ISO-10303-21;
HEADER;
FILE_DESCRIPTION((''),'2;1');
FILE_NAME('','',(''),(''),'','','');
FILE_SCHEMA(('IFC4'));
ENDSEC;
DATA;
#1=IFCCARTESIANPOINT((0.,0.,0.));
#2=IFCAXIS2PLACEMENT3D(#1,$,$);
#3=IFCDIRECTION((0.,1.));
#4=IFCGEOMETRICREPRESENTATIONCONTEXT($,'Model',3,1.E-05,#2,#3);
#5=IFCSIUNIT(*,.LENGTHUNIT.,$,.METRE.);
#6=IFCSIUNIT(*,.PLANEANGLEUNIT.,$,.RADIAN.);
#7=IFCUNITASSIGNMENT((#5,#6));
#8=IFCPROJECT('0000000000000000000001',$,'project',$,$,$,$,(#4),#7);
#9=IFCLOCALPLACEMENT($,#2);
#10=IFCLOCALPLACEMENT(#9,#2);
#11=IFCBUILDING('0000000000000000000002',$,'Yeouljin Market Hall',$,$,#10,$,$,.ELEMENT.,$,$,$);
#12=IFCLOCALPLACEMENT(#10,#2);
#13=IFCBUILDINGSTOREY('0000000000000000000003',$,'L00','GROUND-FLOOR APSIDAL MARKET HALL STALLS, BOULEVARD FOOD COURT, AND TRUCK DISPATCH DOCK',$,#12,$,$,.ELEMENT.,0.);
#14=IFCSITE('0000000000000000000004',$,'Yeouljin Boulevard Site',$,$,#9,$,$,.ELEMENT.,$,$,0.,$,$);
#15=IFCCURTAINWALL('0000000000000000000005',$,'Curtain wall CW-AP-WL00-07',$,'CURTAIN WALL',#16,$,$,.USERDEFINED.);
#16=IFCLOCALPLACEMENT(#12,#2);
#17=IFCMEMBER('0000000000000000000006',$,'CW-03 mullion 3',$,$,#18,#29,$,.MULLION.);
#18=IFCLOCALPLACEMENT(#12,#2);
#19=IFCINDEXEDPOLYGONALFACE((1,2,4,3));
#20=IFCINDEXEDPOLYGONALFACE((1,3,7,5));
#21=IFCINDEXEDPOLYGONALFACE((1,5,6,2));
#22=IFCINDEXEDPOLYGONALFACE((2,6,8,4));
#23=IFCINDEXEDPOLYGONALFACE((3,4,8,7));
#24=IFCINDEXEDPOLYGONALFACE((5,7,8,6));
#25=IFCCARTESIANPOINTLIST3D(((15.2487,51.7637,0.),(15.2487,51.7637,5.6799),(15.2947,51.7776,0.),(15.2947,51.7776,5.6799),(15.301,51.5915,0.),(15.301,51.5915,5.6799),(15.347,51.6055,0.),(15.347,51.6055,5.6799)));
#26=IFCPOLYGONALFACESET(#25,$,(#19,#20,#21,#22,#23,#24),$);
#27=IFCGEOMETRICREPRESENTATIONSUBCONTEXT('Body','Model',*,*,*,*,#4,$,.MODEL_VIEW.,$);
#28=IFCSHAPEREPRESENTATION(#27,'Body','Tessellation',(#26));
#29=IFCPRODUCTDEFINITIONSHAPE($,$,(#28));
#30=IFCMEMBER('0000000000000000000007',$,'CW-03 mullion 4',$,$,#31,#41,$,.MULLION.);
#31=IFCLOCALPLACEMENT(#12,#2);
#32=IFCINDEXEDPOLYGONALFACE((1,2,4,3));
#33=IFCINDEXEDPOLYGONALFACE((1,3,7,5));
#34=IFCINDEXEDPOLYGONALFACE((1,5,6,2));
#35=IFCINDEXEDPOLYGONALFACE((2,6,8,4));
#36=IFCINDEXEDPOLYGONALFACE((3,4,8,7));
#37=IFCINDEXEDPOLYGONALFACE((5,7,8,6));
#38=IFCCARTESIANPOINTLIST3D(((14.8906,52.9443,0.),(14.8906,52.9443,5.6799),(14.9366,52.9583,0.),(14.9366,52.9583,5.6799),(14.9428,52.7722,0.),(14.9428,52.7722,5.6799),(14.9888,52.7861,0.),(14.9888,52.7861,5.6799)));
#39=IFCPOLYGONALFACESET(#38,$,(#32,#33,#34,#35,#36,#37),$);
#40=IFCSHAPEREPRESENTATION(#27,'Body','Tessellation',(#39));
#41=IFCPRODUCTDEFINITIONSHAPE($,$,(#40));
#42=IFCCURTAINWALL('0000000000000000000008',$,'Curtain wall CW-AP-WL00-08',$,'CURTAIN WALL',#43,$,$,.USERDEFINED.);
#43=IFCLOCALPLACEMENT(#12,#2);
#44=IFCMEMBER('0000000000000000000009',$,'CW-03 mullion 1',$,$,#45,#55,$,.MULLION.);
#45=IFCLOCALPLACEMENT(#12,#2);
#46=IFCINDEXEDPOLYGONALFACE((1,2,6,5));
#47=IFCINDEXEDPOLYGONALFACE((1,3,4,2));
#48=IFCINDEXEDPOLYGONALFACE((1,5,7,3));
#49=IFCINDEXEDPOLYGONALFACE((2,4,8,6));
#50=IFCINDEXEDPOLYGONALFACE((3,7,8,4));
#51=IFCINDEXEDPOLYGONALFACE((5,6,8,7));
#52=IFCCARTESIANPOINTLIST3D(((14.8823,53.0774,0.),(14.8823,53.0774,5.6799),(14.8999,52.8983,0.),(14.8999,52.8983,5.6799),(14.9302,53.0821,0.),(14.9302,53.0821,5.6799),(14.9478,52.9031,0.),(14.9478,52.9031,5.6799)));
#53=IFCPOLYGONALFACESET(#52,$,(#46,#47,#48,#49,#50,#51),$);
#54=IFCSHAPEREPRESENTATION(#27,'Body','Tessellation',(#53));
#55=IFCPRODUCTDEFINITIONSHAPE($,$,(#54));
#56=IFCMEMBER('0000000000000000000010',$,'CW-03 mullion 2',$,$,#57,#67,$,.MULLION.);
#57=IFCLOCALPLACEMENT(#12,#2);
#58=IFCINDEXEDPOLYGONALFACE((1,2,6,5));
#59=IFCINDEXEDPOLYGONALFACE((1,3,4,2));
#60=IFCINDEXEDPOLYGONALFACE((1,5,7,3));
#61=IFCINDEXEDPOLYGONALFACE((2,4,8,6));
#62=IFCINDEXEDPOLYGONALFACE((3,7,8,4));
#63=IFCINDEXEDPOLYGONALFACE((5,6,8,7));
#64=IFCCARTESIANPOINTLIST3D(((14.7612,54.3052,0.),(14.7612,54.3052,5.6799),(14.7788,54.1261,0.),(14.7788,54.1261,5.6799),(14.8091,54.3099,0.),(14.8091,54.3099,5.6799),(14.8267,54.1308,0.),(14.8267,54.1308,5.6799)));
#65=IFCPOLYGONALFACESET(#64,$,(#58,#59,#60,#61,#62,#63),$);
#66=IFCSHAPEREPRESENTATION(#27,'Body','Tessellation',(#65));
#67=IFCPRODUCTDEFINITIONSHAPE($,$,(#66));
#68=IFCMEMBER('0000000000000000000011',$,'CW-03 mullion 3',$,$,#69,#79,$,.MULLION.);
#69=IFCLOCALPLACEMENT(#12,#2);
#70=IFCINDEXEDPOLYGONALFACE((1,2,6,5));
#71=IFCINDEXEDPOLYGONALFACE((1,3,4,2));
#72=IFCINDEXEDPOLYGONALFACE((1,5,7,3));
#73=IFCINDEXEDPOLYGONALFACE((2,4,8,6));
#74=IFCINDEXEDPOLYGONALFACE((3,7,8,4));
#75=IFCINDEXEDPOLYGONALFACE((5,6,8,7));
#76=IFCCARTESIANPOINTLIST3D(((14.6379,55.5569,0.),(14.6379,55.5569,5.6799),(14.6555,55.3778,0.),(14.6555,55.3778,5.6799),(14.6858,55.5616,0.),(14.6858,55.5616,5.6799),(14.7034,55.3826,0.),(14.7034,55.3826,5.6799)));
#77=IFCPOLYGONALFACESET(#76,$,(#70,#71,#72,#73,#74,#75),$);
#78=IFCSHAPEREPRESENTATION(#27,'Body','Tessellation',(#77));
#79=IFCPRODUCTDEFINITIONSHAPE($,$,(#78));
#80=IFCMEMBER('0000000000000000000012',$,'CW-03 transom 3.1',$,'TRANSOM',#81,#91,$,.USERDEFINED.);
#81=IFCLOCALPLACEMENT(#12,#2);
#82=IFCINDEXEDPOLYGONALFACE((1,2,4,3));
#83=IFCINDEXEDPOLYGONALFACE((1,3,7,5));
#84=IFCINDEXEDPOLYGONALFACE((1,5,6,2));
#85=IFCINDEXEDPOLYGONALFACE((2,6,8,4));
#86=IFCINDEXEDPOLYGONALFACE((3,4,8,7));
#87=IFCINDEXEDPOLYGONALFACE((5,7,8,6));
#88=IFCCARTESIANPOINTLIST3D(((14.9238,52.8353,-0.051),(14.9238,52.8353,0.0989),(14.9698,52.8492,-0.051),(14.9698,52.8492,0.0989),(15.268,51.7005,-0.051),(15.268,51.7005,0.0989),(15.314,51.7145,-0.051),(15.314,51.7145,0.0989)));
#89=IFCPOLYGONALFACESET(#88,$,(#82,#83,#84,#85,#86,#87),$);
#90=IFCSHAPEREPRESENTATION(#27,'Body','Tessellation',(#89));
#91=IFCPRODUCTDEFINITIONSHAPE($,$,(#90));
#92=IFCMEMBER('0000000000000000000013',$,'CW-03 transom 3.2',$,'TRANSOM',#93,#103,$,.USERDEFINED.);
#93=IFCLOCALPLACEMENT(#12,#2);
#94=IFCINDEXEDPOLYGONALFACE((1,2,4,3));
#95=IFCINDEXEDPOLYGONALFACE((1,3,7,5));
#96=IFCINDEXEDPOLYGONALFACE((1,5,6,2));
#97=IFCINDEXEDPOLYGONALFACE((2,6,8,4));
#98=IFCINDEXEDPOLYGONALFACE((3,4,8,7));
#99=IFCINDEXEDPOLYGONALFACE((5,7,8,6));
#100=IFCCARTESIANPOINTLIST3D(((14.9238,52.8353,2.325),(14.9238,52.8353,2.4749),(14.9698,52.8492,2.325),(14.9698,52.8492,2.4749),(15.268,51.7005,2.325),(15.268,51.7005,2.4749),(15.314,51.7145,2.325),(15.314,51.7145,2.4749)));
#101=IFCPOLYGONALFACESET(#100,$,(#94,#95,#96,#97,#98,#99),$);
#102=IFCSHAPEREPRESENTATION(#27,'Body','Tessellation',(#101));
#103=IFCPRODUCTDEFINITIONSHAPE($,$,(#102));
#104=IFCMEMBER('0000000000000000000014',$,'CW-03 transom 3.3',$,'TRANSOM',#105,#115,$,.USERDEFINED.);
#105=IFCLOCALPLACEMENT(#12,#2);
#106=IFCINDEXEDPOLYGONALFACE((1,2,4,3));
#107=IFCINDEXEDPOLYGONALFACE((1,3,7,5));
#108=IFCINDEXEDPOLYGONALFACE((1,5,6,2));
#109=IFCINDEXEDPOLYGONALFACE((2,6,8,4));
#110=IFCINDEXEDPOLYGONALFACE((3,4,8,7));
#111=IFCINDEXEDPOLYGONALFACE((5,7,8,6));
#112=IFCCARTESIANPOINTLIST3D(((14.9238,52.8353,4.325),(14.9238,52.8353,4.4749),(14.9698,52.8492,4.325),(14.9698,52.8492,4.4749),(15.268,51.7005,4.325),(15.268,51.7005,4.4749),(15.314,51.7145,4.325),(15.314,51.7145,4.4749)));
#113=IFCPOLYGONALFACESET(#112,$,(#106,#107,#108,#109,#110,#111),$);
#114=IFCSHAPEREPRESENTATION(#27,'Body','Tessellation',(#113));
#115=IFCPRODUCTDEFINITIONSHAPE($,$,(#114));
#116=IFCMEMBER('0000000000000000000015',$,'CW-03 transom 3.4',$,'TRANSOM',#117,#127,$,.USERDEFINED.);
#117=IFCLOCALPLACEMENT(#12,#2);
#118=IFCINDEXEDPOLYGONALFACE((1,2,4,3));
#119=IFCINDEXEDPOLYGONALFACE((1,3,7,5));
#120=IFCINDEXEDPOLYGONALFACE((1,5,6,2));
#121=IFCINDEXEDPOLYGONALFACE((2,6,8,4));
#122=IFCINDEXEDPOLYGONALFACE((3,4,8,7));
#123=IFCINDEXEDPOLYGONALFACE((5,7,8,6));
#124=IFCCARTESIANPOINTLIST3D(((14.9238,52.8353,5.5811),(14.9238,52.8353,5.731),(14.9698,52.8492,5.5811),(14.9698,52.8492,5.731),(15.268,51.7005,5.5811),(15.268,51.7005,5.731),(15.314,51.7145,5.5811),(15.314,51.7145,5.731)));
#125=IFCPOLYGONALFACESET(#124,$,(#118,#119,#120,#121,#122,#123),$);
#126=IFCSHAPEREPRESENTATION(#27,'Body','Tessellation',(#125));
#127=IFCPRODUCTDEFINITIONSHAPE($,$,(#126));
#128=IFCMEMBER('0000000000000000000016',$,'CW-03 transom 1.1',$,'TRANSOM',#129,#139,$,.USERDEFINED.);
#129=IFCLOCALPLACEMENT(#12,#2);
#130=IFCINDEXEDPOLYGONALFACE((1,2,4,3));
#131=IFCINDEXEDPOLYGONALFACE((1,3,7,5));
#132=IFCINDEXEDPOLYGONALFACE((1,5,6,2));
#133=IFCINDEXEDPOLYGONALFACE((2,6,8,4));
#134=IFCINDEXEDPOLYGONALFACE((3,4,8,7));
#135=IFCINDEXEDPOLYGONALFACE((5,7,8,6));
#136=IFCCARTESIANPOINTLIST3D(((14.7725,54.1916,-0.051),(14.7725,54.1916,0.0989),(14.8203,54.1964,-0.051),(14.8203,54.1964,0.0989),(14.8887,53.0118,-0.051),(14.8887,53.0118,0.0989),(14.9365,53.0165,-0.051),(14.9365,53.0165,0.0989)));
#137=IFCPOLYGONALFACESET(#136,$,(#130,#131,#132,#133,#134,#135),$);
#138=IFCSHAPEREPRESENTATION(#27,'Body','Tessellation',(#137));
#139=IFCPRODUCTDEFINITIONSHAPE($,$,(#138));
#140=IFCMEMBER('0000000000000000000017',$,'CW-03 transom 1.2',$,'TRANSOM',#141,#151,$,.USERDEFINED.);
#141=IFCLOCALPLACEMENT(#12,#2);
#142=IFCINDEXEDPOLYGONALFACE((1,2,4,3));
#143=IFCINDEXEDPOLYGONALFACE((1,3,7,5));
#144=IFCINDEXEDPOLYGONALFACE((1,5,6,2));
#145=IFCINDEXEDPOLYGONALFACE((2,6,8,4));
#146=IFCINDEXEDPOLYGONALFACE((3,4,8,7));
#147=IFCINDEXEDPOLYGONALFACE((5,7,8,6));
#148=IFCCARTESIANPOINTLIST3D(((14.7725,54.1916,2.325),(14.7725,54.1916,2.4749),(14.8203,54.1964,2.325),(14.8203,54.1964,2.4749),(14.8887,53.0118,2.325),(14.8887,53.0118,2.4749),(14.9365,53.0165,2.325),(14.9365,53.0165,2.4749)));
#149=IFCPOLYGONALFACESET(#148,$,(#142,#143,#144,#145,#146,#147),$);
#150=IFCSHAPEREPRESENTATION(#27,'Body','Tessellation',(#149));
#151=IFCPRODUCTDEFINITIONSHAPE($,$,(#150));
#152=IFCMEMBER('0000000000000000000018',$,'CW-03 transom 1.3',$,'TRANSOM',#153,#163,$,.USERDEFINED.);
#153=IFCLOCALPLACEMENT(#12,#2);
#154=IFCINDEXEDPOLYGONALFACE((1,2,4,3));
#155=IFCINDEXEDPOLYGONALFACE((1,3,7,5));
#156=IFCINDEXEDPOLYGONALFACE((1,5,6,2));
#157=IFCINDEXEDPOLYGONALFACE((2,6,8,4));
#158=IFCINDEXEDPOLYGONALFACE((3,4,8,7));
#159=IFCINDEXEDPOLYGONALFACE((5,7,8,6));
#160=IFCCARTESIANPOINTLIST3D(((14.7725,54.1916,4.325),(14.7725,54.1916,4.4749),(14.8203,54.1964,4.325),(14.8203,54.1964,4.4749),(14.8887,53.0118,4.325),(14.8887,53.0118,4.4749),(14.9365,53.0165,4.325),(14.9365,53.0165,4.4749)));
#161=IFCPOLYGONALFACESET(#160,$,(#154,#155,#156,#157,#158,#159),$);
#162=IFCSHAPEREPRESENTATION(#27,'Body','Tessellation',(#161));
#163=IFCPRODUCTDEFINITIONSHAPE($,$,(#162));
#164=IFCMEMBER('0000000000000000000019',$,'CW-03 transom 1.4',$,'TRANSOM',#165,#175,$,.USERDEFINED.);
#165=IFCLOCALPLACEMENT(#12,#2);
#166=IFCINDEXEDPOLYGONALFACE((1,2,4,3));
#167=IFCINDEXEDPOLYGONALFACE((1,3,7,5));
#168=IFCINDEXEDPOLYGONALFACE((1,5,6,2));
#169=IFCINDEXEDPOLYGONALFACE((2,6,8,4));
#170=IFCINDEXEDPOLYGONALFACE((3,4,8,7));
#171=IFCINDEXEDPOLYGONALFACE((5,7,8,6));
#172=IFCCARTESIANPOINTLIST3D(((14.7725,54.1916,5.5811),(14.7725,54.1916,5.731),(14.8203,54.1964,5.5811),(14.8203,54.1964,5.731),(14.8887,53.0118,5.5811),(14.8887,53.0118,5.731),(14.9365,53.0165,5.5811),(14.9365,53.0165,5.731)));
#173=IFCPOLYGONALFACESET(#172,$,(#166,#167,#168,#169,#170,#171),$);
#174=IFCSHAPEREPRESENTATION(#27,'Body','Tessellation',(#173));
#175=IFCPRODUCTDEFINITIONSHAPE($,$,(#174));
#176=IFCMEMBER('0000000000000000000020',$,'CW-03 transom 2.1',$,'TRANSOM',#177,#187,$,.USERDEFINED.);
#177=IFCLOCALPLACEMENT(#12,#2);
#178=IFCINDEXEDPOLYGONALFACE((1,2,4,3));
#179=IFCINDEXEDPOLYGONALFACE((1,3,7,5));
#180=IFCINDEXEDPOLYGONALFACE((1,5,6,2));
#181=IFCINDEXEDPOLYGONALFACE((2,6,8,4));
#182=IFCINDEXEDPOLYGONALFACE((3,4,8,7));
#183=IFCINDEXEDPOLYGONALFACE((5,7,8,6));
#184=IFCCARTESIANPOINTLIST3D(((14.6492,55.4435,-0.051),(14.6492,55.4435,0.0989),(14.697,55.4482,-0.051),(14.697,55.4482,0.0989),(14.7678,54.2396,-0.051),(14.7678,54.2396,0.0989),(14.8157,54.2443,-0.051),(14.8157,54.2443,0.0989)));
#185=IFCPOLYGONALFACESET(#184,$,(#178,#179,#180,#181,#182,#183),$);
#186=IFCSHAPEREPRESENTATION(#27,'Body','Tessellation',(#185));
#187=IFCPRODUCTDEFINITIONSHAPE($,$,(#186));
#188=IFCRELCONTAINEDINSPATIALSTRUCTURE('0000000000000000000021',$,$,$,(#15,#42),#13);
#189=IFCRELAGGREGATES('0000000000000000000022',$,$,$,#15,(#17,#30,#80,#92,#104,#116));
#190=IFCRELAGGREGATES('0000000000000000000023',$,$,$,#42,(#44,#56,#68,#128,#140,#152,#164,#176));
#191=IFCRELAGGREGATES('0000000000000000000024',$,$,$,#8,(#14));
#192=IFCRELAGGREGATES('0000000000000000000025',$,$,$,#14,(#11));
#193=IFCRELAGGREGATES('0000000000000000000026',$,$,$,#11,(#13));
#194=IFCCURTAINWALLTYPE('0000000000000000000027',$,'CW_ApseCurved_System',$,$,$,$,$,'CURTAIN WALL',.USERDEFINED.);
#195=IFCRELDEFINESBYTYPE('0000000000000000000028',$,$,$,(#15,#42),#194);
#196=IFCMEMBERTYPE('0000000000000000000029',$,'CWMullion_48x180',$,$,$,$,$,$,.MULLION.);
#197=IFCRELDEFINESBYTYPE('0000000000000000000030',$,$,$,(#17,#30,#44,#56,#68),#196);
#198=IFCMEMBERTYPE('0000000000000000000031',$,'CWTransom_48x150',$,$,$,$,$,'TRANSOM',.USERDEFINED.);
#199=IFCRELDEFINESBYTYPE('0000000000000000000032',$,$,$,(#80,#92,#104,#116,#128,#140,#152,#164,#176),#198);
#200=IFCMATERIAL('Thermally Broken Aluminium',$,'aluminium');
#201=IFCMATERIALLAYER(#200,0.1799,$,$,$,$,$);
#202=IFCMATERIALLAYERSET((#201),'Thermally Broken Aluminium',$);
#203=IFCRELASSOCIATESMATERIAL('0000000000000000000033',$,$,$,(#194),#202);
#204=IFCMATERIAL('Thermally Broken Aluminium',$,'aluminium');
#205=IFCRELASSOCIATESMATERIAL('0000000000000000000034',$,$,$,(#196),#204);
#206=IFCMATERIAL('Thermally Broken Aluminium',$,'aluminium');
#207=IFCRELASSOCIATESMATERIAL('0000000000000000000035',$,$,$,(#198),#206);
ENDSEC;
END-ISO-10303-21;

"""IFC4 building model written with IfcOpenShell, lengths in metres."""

from ifc_helpers import new_model, si_unit, direction, frame, origin, origin_2d, place, context, subcontext, project, spatial, rectangle, extrude, material, layer, layer_set, material_profile, profile_set, type_object, element, aggregate, save


model = new_model("IFC4")

# Units and contexts
model_context = context("Model", 3, precision=1e-05, world=origin(), true_north=direction((0.0, 1.0)))
body_context = subcontext(model_context, "Body", "Model", "MODEL_VIEW")
ifc_project = project(units=[si_unit("LENGTHUNIT", "METRE"), si_unit("PLANEANGLEUNIT", "RADIAN")], contexts=[model_context])

# Site, building, storey
site_placement = place(None, origin())
site = spatial("IfcSite", under=ifc_project, at=site_placement, Name="Yeouljin Boulevard Site", CompositionType="ELEMENT", RefElevation=0.0)
building_placement = place(site_placement, origin())
building = spatial("IfcBuilding", under=site, at=building_placement, Name="Yeouljin Market Hall", CompositionType="ELEMENT")
storey_placement = place(building_placement, origin())
storey = spatial("IfcBuildingStorey", under=building, at=storey_placement, Name="L00", Description="GROUND-FLOOR APSIDAL MARKET HALL STALLS, BOULEVARD FOOD COURT, AND TRUCK DISPATCH DOCK", CompositionType="ELEMENT", Elevation=0.0)

# Curtain walls, members
ifc_material_1 = material(Name="Thermally Broken Aluminium", Category="aluminium")
ifc_layer_1 = layer(ifc_material_1, 0.1799)
ifc_layer_set_1 = layer_set([ifc_layer_1], Name="Thermally Broken Aluminium")
curtain_wall_type = type_object("IfcCurtainWallType", Name="CW_ApseCurved_System", ElementType="CURTAIN WALL", PredefinedType="USERDEFINED", material=ifc_layer_set_1)
curtain_wall_1_placement = place(storey_placement, origin())
curtain_wall_1 = element("IfcCurtainWall", 1, at=curtain_wall_1_placement, inside=storey, type_object=curtain_wall_type, Name="Curtain wall CW-AP-WL00-07", ObjectType="CURTAIN WALL", PredefinedType="USERDEFINED")
ifc_material_2 = material(Name="Thermally Broken Aluminium", Category="aluminium")
ifc_material_profile_1 = material_profile(ifc_material_2, rectangle(XDim=0.0481, YDim=0.1799, at=origin_2d()), Name="CW-MULL-48x180")
ifc_profile_set_1 = profile_set([ifc_material_profile_1], Name="Thermally Broken Aluminium")
member_type_1 = type_object("IfcMemberType", Name="CWMullion_48x180", PredefinedType="MULLION", material=ifc_profile_set_1)
member_1_placement = place(storey_placement, frame((15.2979, 51.6846, 0.0), z_axis=(0.0, 0.0, 1.0), x_axis=(-0.95694, -0.290286, 0.0)))
member_1 = element("IfcMember", 2, at=member_1_placement, type_object=member_type_1, Name="CW-03 mullion 3", PredefinedType="MULLION", context=body_context, shape_type="SweptSolid", body=[
    extrude(rectangle(XDim=0.0481, YDim=0.1799, at=origin_2d()), origin(), (0.0, 0.0, 1.0), 5.6799),
])
member_2_placement = place(storey_placement, frame((14.9397, 52.8652, 0.0), z_axis=(0.0, 0.0, 1.0), x_axis=(-0.95694, -0.290286, 0.0)))
member_2 = element("IfcMember", 3, at=member_2_placement, type_object=member_type_1, Name="CW-03 mullion 4", PredefinedType="MULLION", context=body_context, shape_type="SweptSolid", body=[
    extrude(rectangle(XDim=0.0481, YDim=0.1799, at=origin_2d()), origin(), (0.0, 0.0, 1.0), 5.6799),
])
curtain_wall_2_placement = place(storey_placement, origin())
curtain_wall_2 = element("IfcCurtainWall", 4, at=curtain_wall_2_placement, inside=storey, type_object=curtain_wall_type, Name="Curtain wall CW-AP-WL00-08", ObjectType="CURTAIN WALL", PredefinedType="USERDEFINED")
member_3_placement = place(storey_placement, frame((14.915, 52.9902, 0.0), z_axis=(0.0, 0.0, 1.0), x_axis=(-0.995183, -0.098034, 0.0)))
member_3 = element("IfcMember", 5, at=member_3_placement, type_object=member_type_1, Name="CW-03 mullion 1", PredefinedType="MULLION", context=body_context, shape_type="SweptSolid", body=[
    extrude(rectangle(XDim=0.0481, YDim=0.1799, at=origin_2d()), origin(), (0.0, 0.0, 1.0), 5.6799),
])
member_4_placement = place(storey_placement, frame((14.7939, 54.218, 0.0), z_axis=(0.0, 0.0, 1.0), x_axis=(-0.995183, -0.098034, 0.0)))
member_4 = element("IfcMember", 6, at=member_4_placement, type_object=member_type_1, Name="CW-03 mullion 2", PredefinedType="MULLION", context=body_context, shape_type="SweptSolid", body=[
    extrude(rectangle(XDim=0.0481, YDim=0.1799, at=origin_2d()), origin(), (0.0, 0.0, 1.0), 5.6799),
])
member_5_placement = place(storey_placement, frame((14.6707, 55.4697, 0.0), z_axis=(0.0, 0.0, 1.0), x_axis=(-0.995183, -0.098034, 0.0)))
member_5 = element("IfcMember", 7, at=member_5_placement, type_object=member_type_1, Name="CW-03 mullion 3", PredefinedType="MULLION", context=body_context, shape_type="SweptSolid", body=[
    extrude(rectangle(XDim=0.0481, YDim=0.1799, at=origin_2d()), origin(), (0.0, 0.0, 1.0), 5.6799),
])

# Members
ifc_material_3 = material(Name="Thermally Broken Aluminium", Category="aluminium")
ifc_material_profile_2 = material_profile(ifc_material_3, rectangle(XDim=0.0481, YDim=0.1499, at=origin_2d()), Name="CW-TRAN-48x150")
ifc_profile_set_2 = profile_set([ifc_material_profile_2], Name="Thermally Broken Aluminium")
member_type_2 = type_object("IfcMemberType", Name="CWTransom_48x150", ElementType="TRANSOM", PredefinedType="USERDEFINED", material=ifc_profile_set_2)
member_6_placement = place(storey_placement, frame((15.291, 51.7075, 0.0239), z_axis=(-0.290293, 0.956938, 0.0), x_axis=(-0.956938, -0.290293, 0.0)))
member_6 = element("IfcMember", 8, at=member_6_placement, type_object=member_type_2, Name="CW-03 transom 3.1", ObjectType="TRANSOM", PredefinedType="USERDEFINED", context=body_context, shape_type="SweptSolid", body=[
    extrude(rectangle(XDim=0.0481, YDim=0.1499, at=origin_2d()), origin(), (0.0, 0.0, 1.0), 1.1858),
])
member_7_placement = place(storey_placement, frame((15.291, 51.7075, 2.3999), z_axis=(-0.290293, 0.956938, 0.0), x_axis=(-0.956938, -0.290293, 0.0)))
member_7 = element("IfcMember", 9, at=member_7_placement, type_object=member_type_2, Name="CW-03 transom 3.2", ObjectType="TRANSOM", PredefinedType="USERDEFINED", context=body_context, shape_type="SweptSolid", body=[
    extrude(rectangle(XDim=0.0481, YDim=0.1499, at=origin_2d()), origin(), (0.0, 0.0, 1.0), 1.1858),
])
member_8_placement = place(storey_placement, frame((15.291, 51.7075, 4.3999), z_axis=(-0.290293, 0.956938, 0.0), x_axis=(-0.956938, -0.290293, 0.0)))
member_8 = element("IfcMember", 10, at=member_8_placement, type_object=member_type_2, Name="CW-03 transom 3.3", ObjectType="TRANSOM", PredefinedType="USERDEFINED", context=body_context, shape_type="SweptSolid", body=[
    extrude(rectangle(XDim=0.0481, YDim=0.1499, at=origin_2d()), origin(), (0.0, 0.0, 1.0), 1.1858),
])
member_9_placement = place(storey_placement, frame((15.291, 51.7075, 5.656), z_axis=(-0.290293, 0.956938, 0.0), x_axis=(-0.956938, -0.290293, 0.0)))
member_9 = element("IfcMember", 11, at=member_9_placement, type_object=member_type_2, Name="CW-03 transom 3.4", ObjectType="TRANSOM", PredefinedType="USERDEFINED", context=body_context, shape_type="SweptSolid", body=[
    extrude(rectangle(XDim=0.0481, YDim=0.1499, at=origin_2d()), origin(), (0.0, 0.0, 1.0), 1.1858),
])
member_10_placement = place(storey_placement, frame((14.9126, 53.0142, 0.0239), z_axis=(-0.098015, 0.995185, 0.0), x_axis=(-0.995185, -0.098015, 0.0)))
member_10 = element("IfcMember", 12, at=member_10_placement, type_object=member_type_2, Name="CW-03 transom 1.1", ObjectType="TRANSOM", PredefinedType="USERDEFINED", context=body_context, shape_type="SweptSolid", body=[
    extrude(rectangle(XDim=0.0481, YDim=0.1499, at=origin_2d()), origin(), (0.0, 0.0, 1.0), 1.1855),
])
member_11_placement = place(storey_placement, frame((14.9126, 53.0142, 2.3999), z_axis=(-0.098015, 0.995185, 0.0), x_axis=(-0.995185, -0.098015, 0.0)))
member_11 = element("IfcMember", 13, at=member_11_placement, type_object=member_type_2, Name="CW-03 transom 1.2", ObjectType="TRANSOM", PredefinedType="USERDEFINED", context=body_context, shape_type="SweptSolid", body=[
    extrude(rectangle(XDim=0.0481, YDim=0.1499, at=origin_2d()), origin(), (0.0, 0.0, 1.0), 1.1855),
])
member_12_placement = place(storey_placement, frame((14.9126, 53.0142, 4.3999), z_axis=(-0.098015, 0.995185, 0.0), x_axis=(-0.995185, -0.098015, 0.0)))
member_12 = element("IfcMember", 14, at=member_12_placement, type_object=member_type_2, Name="CW-03 transom 1.3", ObjectType="TRANSOM", PredefinedType="USERDEFINED", context=body_context, shape_type="SweptSolid", body=[
    extrude(rectangle(XDim=0.0481, YDim=0.1499, at=origin_2d()), origin(), (0.0, 0.0, 1.0), 1.1855),
])
member_13_placement = place(storey_placement, frame((14.9126, 53.0142, 5.656), z_axis=(-0.098015, 0.995185, 0.0), x_axis=(-0.995185, -0.098015, 0.0)))
member_13 = element("IfcMember", 15, at=member_13_placement, type_object=member_type_2, Name="CW-03 transom 1.4", ObjectType="TRANSOM", PredefinedType="USERDEFINED", context=body_context, shape_type="SweptSolid", body=[
    extrude(rectangle(XDim=0.0481, YDim=0.1499, at=origin_2d()), origin(), (0.0, 0.0, 1.0), 1.1855),
])
member_14_placement = place(storey_placement, frame((14.7917, 54.2419, 0.0239), z_axis=(-0.098085, 0.995178, 0.0), x_axis=(-0.995178, -0.098085, 0.0)))
member_14 = element("IfcMember", 16, at=member_14_placement, type_object=member_type_2, Name="CW-03 transom 2.1", ObjectType="TRANSOM", PredefinedType="USERDEFINED", context=body_context, shape_type="SweptSolid", body=[
    extrude(rectangle(XDim=0.0481, YDim=0.1499, at=origin_2d()), origin(), (0.0, 0.0, 1.0), 1.2097),
])

aggregate(curtain_wall_1, [member_1, member_2, member_6, member_7, member_8, member_9])
aggregate(curtain_wall_2, [member_3, member_4, member_5, member_10, member_11, member_12, member_13, member_14])

save(model, "model.ifc")
